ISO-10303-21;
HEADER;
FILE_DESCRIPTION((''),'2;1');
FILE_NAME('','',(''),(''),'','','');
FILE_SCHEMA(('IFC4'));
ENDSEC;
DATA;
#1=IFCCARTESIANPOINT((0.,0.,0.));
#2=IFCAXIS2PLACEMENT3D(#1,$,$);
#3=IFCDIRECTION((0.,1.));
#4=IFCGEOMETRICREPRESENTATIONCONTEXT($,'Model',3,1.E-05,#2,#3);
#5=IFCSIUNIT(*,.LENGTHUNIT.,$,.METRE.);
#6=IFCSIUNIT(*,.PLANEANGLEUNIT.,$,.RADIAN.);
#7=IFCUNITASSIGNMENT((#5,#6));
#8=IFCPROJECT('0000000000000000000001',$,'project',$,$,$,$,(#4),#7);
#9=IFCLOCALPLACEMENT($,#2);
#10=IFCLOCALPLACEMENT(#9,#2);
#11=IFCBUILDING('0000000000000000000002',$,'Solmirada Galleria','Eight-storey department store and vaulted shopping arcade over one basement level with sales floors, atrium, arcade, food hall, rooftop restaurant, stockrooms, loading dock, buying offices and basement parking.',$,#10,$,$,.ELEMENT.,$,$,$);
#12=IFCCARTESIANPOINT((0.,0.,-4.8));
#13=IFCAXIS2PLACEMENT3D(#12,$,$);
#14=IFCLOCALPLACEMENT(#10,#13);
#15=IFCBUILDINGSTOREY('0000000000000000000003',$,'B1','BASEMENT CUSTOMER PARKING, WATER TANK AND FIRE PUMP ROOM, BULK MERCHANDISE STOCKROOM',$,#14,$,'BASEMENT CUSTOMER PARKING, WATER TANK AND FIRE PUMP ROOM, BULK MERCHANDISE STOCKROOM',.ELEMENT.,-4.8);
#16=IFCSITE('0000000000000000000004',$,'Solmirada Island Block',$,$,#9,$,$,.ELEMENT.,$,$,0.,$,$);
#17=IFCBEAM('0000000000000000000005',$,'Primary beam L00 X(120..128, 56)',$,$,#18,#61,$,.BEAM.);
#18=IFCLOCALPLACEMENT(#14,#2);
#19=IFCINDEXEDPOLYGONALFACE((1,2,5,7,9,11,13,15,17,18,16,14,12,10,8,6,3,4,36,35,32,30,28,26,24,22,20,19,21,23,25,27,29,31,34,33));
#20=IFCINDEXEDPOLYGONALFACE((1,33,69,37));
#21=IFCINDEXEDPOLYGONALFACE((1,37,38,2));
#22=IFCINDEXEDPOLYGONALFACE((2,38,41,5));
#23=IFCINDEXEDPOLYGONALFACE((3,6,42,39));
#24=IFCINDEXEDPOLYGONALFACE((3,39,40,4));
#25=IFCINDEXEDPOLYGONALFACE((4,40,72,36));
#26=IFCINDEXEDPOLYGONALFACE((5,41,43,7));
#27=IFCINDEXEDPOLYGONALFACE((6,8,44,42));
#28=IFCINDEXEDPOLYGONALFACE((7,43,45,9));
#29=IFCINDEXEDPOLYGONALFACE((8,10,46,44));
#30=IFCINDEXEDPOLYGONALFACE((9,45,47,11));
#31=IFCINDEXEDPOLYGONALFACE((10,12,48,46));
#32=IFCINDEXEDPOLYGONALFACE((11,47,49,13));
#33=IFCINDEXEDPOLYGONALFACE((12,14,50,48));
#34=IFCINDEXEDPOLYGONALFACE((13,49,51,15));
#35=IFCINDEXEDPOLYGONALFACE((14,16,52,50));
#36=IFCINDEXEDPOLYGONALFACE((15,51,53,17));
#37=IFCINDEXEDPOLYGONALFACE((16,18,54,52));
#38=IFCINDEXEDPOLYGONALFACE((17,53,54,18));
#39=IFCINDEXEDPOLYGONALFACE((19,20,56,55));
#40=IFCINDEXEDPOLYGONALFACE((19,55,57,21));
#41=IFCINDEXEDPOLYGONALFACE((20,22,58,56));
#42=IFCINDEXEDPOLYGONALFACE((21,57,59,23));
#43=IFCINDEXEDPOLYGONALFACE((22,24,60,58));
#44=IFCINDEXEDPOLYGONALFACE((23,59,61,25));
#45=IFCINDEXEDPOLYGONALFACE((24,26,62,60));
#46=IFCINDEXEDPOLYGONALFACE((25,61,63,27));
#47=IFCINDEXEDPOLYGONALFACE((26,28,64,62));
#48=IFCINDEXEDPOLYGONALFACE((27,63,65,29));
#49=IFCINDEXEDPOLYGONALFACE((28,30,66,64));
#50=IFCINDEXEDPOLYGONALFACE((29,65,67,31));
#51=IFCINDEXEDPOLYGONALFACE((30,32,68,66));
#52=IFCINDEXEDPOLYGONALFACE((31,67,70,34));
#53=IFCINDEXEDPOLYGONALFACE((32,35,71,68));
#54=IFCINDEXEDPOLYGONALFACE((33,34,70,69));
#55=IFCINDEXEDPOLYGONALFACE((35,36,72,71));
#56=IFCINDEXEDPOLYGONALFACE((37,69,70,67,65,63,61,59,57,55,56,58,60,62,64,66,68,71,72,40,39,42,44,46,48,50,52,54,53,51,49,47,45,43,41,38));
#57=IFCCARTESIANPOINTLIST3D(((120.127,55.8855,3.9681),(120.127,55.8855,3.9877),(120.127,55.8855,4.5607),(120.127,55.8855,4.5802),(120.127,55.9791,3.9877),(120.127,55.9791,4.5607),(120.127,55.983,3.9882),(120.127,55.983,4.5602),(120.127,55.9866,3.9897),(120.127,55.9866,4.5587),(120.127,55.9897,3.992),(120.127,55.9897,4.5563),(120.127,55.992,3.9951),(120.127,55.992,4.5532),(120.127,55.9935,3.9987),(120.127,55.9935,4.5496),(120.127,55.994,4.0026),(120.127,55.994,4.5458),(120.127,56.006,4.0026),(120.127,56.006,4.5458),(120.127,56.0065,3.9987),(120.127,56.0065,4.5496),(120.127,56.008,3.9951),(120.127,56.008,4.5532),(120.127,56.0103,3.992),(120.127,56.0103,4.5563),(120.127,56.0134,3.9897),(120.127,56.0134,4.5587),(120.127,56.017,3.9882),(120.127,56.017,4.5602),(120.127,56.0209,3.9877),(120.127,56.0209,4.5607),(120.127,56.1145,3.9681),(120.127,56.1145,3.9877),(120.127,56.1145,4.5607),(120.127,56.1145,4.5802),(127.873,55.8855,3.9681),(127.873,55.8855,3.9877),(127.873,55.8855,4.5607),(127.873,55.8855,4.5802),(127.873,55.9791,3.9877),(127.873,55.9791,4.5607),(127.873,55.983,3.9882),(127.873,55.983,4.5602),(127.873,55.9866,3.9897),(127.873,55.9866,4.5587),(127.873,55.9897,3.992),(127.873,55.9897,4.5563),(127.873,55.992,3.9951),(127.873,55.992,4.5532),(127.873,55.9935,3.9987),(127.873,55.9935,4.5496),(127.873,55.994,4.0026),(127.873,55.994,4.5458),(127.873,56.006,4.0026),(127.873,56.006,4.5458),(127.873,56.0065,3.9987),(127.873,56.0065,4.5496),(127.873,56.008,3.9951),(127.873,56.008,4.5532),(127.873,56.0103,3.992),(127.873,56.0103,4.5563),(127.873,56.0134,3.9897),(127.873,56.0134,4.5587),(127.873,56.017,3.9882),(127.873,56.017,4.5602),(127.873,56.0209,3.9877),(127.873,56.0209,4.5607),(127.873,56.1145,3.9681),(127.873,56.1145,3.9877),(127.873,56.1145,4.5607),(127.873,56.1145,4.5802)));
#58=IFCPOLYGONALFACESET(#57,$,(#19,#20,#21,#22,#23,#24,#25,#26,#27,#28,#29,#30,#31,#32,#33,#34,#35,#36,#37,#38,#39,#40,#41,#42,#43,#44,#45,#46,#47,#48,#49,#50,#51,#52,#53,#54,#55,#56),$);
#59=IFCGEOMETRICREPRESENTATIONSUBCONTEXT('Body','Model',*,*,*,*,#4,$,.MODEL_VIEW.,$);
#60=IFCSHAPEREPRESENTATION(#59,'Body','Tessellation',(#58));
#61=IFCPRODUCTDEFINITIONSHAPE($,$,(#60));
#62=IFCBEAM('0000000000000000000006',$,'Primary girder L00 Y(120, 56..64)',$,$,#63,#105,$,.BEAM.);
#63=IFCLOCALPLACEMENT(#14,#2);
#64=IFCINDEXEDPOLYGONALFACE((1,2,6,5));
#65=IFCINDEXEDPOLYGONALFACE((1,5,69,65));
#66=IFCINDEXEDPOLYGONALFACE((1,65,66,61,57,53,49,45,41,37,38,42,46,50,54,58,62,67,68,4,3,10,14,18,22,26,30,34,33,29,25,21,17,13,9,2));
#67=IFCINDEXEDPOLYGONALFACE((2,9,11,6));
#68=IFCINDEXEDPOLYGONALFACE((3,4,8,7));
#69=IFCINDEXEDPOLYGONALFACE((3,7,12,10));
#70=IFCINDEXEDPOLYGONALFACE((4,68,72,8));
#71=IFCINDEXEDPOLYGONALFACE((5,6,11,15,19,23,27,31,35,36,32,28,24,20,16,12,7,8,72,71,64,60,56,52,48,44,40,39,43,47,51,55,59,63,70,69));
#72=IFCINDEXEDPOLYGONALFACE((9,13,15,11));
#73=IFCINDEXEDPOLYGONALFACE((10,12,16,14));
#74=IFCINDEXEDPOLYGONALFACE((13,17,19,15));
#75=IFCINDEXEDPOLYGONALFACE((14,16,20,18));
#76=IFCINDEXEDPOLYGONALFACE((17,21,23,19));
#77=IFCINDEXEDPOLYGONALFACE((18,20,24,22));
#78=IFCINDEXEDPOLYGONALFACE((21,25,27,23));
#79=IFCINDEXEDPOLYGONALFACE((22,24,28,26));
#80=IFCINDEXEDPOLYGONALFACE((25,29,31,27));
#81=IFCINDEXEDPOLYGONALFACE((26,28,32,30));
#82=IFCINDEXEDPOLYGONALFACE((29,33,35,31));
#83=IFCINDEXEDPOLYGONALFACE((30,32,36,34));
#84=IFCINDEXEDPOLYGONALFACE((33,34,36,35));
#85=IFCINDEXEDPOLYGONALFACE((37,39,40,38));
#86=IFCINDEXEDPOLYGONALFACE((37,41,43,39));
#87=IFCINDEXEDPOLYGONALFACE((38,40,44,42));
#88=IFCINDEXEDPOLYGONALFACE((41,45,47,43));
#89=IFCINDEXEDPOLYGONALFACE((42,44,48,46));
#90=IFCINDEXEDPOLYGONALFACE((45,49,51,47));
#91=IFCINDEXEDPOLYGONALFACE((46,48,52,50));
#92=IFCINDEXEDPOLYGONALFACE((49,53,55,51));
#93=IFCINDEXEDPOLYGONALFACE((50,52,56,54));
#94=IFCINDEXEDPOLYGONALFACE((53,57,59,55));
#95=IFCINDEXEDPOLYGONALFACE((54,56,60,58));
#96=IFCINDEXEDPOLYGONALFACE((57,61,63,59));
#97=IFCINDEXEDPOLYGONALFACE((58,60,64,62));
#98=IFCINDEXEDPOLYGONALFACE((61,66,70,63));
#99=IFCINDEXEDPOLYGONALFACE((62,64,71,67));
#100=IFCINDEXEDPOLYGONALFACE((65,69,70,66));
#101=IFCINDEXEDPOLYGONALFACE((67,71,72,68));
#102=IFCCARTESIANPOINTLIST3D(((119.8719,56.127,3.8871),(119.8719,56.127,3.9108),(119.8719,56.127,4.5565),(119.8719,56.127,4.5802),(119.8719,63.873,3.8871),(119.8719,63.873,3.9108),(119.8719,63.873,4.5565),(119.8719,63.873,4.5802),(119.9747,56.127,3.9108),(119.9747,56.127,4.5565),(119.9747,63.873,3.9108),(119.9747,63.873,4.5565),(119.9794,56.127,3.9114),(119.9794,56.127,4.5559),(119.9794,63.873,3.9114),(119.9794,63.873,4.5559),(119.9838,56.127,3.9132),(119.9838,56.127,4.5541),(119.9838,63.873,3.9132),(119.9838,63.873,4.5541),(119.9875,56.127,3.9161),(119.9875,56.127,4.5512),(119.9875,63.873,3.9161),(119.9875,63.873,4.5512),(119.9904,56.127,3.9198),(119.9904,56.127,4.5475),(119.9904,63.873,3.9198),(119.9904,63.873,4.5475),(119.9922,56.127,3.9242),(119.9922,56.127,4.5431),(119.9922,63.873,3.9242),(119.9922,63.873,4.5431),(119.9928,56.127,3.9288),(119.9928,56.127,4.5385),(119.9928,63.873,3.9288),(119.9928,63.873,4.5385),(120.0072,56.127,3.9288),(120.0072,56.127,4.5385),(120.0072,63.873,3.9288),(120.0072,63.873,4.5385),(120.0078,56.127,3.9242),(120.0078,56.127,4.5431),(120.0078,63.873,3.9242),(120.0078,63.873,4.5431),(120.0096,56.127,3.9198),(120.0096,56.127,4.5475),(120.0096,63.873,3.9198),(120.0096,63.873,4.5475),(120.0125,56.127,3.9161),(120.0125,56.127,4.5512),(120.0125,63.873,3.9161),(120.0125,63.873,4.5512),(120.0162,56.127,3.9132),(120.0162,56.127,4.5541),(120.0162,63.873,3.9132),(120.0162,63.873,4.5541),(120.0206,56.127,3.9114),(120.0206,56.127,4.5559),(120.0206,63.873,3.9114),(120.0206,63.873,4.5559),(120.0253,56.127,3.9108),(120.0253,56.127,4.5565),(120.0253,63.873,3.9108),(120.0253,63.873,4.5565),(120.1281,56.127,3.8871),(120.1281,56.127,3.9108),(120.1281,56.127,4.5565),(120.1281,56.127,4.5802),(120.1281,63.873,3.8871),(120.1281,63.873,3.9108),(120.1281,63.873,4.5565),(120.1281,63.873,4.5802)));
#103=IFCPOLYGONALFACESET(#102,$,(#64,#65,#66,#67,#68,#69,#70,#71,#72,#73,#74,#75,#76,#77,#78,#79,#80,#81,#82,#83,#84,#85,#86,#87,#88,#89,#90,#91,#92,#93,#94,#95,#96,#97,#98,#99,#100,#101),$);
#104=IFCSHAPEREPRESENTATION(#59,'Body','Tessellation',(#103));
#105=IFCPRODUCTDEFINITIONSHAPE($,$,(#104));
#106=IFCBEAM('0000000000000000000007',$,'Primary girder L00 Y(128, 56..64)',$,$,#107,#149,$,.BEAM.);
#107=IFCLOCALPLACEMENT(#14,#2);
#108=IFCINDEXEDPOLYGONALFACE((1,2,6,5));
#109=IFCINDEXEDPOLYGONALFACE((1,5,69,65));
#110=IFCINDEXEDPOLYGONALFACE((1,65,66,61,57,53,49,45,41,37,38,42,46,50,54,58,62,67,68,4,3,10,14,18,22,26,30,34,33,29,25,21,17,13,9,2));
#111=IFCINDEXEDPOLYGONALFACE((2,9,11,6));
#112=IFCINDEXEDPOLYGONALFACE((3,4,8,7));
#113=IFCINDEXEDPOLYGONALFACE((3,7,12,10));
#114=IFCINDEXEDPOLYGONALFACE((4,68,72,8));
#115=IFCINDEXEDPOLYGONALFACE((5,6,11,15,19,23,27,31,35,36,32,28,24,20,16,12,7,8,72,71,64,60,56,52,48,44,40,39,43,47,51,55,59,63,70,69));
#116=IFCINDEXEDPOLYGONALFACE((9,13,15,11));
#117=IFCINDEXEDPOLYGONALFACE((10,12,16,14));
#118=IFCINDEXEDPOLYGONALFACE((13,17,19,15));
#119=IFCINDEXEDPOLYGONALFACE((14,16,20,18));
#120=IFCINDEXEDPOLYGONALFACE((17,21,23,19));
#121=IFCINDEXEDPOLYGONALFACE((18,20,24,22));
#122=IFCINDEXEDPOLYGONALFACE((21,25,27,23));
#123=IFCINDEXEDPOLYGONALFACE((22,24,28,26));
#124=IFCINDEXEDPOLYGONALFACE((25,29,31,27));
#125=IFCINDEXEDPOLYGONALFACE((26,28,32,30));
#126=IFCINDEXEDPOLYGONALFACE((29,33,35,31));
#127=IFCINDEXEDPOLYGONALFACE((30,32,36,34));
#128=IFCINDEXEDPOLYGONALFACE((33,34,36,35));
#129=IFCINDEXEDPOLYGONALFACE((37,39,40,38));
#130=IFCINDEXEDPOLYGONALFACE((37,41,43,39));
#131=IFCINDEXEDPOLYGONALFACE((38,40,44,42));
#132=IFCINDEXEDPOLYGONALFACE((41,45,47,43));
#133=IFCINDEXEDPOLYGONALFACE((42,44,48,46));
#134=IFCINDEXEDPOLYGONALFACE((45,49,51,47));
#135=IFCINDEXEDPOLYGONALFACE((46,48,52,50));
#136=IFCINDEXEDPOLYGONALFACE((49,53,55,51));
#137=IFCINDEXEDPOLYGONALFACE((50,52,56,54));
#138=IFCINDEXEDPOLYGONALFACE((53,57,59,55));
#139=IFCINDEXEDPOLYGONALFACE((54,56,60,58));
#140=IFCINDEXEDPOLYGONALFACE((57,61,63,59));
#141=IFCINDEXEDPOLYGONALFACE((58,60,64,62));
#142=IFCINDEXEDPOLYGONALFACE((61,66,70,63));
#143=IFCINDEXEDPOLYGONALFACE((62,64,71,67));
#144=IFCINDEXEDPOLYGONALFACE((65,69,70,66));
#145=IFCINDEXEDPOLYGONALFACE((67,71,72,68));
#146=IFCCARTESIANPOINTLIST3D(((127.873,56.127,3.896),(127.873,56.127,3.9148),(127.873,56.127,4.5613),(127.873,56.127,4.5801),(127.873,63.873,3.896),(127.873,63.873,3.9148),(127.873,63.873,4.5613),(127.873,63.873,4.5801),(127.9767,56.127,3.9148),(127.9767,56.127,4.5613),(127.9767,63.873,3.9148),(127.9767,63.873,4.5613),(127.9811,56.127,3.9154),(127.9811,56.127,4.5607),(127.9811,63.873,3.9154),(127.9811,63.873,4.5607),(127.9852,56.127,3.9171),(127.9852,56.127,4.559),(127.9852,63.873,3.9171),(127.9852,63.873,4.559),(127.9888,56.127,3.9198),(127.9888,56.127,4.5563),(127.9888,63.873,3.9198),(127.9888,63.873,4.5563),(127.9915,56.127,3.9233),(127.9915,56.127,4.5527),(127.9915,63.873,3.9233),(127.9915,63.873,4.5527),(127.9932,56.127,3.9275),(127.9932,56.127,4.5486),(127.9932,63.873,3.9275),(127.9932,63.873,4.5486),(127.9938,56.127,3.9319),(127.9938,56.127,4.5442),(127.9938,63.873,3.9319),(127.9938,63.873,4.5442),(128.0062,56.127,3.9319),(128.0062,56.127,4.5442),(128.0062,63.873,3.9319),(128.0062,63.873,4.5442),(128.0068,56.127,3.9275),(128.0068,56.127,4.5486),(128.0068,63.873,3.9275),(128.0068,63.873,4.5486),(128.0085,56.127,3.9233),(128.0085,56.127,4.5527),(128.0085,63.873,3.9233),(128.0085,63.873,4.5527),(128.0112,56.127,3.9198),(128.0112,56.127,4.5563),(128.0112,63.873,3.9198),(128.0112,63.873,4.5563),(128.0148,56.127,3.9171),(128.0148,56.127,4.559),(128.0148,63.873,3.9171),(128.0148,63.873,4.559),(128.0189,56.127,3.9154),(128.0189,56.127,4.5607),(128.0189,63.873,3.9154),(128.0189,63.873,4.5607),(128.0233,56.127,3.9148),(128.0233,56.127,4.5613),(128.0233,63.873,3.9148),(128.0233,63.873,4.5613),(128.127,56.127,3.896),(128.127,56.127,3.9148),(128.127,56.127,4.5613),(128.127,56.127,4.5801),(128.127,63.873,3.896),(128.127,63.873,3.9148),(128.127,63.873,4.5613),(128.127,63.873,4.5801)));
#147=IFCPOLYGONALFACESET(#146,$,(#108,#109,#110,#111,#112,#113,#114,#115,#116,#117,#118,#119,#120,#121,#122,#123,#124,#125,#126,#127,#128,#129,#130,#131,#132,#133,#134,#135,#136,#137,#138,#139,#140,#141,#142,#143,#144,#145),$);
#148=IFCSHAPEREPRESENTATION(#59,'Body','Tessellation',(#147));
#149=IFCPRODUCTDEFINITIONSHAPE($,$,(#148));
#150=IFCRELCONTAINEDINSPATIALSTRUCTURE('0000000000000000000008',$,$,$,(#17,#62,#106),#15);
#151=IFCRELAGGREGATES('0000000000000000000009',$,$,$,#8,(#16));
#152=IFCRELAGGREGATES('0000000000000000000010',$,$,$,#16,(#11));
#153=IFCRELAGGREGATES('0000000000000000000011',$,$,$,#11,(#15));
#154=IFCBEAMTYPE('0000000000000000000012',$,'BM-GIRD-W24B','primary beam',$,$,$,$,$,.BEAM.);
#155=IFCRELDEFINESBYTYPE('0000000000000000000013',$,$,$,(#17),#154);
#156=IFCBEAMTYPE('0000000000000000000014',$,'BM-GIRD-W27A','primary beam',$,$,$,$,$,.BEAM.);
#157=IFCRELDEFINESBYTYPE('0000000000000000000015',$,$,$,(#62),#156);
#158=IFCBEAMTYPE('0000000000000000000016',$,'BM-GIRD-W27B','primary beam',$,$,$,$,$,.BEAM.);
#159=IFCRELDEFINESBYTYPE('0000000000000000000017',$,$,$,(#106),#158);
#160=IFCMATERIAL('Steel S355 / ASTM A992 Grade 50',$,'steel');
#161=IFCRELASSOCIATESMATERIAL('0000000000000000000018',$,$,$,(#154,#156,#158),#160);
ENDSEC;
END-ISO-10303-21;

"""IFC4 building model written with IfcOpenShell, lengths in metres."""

from ifc_helpers import new_model, si_unit, direction, frame, origin, origin_2d, place, context, subcontext, project, spatial, i_section, extrude, material, material_profile, profile_set, type_object, element, save


model = new_model("IFC4")

# Units and contexts
model_context = context("Model", 3, precision=1e-05, world=origin(), true_north=direction((0.0, 1.0)))
body_context = subcontext(model_context, "Body", "Model", "MODEL_VIEW")
ifc_project = project(units=[si_unit("LENGTHUNIT", "METRE"), si_unit("PLANEANGLEUNIT", "RADIAN")], contexts=[model_context])

# Site, building, storey
site_placement = place(None, origin())
site = spatial("IfcSite", under=ifc_project, at=site_placement, Name="Solmirada Island Block", CompositionType="ELEMENT", RefElevation=0.0)
building_placement = place(site_placement, origin())
building = spatial("IfcBuilding", under=site, at=building_placement, Name="Solmirada Galleria", Description="Eight-storey department store and vaulted shopping arcade over one basement level with sales floors, atrium, arcade, food hall, rooftop restaurant, stockrooms, loading dock, buying offices and basement parking.", CompositionType="ELEMENT")
storey_placement = place(building_placement, frame((0.0, 0.0, -4.8)))
storey = spatial("IfcBuildingStorey", under=building, at=storey_placement, Name="B1", Description="BASEMENT CUSTOMER PARKING, WATER TANK AND FIRE PUMP ROOM, BULK MERCHANDISE STOCKROOM", LongName="BASEMENT CUSTOMER PARKING, WATER TANK AND FIRE PUMP ROOM, BULK MERCHANDISE STOCKROOM", CompositionType="ELEMENT", Elevation=-4.8)

# Beams
ifc_material_1 = material(Name="Steel S355 / ASTM A992 Grade 50", Category="steel")
ifc_material_profile_1 = material_profile(ifc_material_1, i_section(OverallWidth=0.229, OverallDepth=0.6121, WebThickness=0.012, FlangeThickness=0.0195, FilletRadius=0.0149, at=origin_2d()), Name="W24X84")
ifc_profile_set_1 = profile_set([ifc_material_profile_1], Name="Steel S355 / ASTM A992 Grade 50")
beam_type_1 = type_object("IfcBeamType", Name="BM-GIRD-W24B", Description="primary beam", PredefinedType="BEAM", material=ifc_profile_set_1)
beam_1_placement = place(storey_placement, frame((120.127, 56.0, 4.2742), z_axis=(1.0, 0.0, 0.0), x_axis=(0.0, 1.0, 0.0)))
element("IfcBeam", 1, at=beam_1_placement, inside=storey, type_object=beam_type_1, Name="Primary beam L00 X(120..128, 56)", PredefinedType="BEAM", context=body_context, shape_type="SweptSolid", body=[
    extrude(i_section(OverallWidth=0.229, OverallDepth=0.6121, WebThickness=0.012, FlangeThickness=0.0195, FilletRadius=0.0149, at=origin_2d()), origin(), (0.0, 0.0, 1.0), 7.7461),
])
ifc_material_profile_2 = material_profile(ifc_material_1, i_section(OverallWidth=0.2561, OverallDepth=0.6931, WebThickness=0.0144, FlangeThickness=0.0237, FilletRadius=0.0181, at=origin_2d()), Name="W27X114")
ifc_profile_set_2 = profile_set([ifc_material_profile_2], Name="Steel S355 / ASTM A992 Grade 50")
beam_type_2 = type_object("IfcBeamType", Name="BM-GIRD-W27A", Description="primary beam", PredefinedType="BEAM", material=ifc_profile_set_2)
beam_2_placement = place(storey_placement, frame((120.0, 56.127, 4.2336), z_axis=(0.0, 1.0, 0.0), x_axis=(-1.0, 0.0, 0.0)))
element("IfcBeam", 2, at=beam_2_placement, inside=storey, type_object=beam_type_2, Name="Primary girder L00 Y(120, 56..64)", PredefinedType="BEAM", context=body_context, shape_type="SweptSolid", body=[
    extrude(i_section(OverallWidth=0.2561, OverallDepth=0.6931, WebThickness=0.0144, FlangeThickness=0.0237, FilletRadius=0.0181, at=origin_2d()), origin(), (0.0, 0.0, 1.0), 7.7461),
])
ifc_material_profile_3 = material_profile(ifc_material_1, i_section(OverallWidth=0.2539, OverallDepth=0.6841, WebThickness=0.0125, FlangeThickness=0.0188, FilletRadius=0.0171, at=origin_2d()), Name="W27X94")
ifc_profile_set_3 = profile_set([ifc_material_profile_3], Name="Steel S355 / ASTM A992 Grade 50")
beam_type_3 = type_object("IfcBeamType", Name="BM-GIRD-W27B", Description="primary beam", PredefinedType="BEAM", material=ifc_profile_set_3)
beam_3_placement = place(storey_placement, frame((128.0, 56.127, 4.238), z_axis=(0.0, 1.0, 0.0), x_axis=(-1.0, 0.0, 0.0)))
element("IfcBeam", 3, at=beam_3_placement, inside=storey, type_object=beam_type_3, Name="Primary girder L00 Y(128, 56..64)", PredefinedType="BEAM", context=body_context, shape_type="SweptSolid", body=[
    extrude(i_section(OverallWidth=0.2539, OverallDepth=0.6841, WebThickness=0.0125, FlangeThickness=0.0188, FilletRadius=0.0171, at=origin_2d()), origin(), (0.0, 0.0, 1.0), 7.7461),
])

save(model, "model.ifc")
